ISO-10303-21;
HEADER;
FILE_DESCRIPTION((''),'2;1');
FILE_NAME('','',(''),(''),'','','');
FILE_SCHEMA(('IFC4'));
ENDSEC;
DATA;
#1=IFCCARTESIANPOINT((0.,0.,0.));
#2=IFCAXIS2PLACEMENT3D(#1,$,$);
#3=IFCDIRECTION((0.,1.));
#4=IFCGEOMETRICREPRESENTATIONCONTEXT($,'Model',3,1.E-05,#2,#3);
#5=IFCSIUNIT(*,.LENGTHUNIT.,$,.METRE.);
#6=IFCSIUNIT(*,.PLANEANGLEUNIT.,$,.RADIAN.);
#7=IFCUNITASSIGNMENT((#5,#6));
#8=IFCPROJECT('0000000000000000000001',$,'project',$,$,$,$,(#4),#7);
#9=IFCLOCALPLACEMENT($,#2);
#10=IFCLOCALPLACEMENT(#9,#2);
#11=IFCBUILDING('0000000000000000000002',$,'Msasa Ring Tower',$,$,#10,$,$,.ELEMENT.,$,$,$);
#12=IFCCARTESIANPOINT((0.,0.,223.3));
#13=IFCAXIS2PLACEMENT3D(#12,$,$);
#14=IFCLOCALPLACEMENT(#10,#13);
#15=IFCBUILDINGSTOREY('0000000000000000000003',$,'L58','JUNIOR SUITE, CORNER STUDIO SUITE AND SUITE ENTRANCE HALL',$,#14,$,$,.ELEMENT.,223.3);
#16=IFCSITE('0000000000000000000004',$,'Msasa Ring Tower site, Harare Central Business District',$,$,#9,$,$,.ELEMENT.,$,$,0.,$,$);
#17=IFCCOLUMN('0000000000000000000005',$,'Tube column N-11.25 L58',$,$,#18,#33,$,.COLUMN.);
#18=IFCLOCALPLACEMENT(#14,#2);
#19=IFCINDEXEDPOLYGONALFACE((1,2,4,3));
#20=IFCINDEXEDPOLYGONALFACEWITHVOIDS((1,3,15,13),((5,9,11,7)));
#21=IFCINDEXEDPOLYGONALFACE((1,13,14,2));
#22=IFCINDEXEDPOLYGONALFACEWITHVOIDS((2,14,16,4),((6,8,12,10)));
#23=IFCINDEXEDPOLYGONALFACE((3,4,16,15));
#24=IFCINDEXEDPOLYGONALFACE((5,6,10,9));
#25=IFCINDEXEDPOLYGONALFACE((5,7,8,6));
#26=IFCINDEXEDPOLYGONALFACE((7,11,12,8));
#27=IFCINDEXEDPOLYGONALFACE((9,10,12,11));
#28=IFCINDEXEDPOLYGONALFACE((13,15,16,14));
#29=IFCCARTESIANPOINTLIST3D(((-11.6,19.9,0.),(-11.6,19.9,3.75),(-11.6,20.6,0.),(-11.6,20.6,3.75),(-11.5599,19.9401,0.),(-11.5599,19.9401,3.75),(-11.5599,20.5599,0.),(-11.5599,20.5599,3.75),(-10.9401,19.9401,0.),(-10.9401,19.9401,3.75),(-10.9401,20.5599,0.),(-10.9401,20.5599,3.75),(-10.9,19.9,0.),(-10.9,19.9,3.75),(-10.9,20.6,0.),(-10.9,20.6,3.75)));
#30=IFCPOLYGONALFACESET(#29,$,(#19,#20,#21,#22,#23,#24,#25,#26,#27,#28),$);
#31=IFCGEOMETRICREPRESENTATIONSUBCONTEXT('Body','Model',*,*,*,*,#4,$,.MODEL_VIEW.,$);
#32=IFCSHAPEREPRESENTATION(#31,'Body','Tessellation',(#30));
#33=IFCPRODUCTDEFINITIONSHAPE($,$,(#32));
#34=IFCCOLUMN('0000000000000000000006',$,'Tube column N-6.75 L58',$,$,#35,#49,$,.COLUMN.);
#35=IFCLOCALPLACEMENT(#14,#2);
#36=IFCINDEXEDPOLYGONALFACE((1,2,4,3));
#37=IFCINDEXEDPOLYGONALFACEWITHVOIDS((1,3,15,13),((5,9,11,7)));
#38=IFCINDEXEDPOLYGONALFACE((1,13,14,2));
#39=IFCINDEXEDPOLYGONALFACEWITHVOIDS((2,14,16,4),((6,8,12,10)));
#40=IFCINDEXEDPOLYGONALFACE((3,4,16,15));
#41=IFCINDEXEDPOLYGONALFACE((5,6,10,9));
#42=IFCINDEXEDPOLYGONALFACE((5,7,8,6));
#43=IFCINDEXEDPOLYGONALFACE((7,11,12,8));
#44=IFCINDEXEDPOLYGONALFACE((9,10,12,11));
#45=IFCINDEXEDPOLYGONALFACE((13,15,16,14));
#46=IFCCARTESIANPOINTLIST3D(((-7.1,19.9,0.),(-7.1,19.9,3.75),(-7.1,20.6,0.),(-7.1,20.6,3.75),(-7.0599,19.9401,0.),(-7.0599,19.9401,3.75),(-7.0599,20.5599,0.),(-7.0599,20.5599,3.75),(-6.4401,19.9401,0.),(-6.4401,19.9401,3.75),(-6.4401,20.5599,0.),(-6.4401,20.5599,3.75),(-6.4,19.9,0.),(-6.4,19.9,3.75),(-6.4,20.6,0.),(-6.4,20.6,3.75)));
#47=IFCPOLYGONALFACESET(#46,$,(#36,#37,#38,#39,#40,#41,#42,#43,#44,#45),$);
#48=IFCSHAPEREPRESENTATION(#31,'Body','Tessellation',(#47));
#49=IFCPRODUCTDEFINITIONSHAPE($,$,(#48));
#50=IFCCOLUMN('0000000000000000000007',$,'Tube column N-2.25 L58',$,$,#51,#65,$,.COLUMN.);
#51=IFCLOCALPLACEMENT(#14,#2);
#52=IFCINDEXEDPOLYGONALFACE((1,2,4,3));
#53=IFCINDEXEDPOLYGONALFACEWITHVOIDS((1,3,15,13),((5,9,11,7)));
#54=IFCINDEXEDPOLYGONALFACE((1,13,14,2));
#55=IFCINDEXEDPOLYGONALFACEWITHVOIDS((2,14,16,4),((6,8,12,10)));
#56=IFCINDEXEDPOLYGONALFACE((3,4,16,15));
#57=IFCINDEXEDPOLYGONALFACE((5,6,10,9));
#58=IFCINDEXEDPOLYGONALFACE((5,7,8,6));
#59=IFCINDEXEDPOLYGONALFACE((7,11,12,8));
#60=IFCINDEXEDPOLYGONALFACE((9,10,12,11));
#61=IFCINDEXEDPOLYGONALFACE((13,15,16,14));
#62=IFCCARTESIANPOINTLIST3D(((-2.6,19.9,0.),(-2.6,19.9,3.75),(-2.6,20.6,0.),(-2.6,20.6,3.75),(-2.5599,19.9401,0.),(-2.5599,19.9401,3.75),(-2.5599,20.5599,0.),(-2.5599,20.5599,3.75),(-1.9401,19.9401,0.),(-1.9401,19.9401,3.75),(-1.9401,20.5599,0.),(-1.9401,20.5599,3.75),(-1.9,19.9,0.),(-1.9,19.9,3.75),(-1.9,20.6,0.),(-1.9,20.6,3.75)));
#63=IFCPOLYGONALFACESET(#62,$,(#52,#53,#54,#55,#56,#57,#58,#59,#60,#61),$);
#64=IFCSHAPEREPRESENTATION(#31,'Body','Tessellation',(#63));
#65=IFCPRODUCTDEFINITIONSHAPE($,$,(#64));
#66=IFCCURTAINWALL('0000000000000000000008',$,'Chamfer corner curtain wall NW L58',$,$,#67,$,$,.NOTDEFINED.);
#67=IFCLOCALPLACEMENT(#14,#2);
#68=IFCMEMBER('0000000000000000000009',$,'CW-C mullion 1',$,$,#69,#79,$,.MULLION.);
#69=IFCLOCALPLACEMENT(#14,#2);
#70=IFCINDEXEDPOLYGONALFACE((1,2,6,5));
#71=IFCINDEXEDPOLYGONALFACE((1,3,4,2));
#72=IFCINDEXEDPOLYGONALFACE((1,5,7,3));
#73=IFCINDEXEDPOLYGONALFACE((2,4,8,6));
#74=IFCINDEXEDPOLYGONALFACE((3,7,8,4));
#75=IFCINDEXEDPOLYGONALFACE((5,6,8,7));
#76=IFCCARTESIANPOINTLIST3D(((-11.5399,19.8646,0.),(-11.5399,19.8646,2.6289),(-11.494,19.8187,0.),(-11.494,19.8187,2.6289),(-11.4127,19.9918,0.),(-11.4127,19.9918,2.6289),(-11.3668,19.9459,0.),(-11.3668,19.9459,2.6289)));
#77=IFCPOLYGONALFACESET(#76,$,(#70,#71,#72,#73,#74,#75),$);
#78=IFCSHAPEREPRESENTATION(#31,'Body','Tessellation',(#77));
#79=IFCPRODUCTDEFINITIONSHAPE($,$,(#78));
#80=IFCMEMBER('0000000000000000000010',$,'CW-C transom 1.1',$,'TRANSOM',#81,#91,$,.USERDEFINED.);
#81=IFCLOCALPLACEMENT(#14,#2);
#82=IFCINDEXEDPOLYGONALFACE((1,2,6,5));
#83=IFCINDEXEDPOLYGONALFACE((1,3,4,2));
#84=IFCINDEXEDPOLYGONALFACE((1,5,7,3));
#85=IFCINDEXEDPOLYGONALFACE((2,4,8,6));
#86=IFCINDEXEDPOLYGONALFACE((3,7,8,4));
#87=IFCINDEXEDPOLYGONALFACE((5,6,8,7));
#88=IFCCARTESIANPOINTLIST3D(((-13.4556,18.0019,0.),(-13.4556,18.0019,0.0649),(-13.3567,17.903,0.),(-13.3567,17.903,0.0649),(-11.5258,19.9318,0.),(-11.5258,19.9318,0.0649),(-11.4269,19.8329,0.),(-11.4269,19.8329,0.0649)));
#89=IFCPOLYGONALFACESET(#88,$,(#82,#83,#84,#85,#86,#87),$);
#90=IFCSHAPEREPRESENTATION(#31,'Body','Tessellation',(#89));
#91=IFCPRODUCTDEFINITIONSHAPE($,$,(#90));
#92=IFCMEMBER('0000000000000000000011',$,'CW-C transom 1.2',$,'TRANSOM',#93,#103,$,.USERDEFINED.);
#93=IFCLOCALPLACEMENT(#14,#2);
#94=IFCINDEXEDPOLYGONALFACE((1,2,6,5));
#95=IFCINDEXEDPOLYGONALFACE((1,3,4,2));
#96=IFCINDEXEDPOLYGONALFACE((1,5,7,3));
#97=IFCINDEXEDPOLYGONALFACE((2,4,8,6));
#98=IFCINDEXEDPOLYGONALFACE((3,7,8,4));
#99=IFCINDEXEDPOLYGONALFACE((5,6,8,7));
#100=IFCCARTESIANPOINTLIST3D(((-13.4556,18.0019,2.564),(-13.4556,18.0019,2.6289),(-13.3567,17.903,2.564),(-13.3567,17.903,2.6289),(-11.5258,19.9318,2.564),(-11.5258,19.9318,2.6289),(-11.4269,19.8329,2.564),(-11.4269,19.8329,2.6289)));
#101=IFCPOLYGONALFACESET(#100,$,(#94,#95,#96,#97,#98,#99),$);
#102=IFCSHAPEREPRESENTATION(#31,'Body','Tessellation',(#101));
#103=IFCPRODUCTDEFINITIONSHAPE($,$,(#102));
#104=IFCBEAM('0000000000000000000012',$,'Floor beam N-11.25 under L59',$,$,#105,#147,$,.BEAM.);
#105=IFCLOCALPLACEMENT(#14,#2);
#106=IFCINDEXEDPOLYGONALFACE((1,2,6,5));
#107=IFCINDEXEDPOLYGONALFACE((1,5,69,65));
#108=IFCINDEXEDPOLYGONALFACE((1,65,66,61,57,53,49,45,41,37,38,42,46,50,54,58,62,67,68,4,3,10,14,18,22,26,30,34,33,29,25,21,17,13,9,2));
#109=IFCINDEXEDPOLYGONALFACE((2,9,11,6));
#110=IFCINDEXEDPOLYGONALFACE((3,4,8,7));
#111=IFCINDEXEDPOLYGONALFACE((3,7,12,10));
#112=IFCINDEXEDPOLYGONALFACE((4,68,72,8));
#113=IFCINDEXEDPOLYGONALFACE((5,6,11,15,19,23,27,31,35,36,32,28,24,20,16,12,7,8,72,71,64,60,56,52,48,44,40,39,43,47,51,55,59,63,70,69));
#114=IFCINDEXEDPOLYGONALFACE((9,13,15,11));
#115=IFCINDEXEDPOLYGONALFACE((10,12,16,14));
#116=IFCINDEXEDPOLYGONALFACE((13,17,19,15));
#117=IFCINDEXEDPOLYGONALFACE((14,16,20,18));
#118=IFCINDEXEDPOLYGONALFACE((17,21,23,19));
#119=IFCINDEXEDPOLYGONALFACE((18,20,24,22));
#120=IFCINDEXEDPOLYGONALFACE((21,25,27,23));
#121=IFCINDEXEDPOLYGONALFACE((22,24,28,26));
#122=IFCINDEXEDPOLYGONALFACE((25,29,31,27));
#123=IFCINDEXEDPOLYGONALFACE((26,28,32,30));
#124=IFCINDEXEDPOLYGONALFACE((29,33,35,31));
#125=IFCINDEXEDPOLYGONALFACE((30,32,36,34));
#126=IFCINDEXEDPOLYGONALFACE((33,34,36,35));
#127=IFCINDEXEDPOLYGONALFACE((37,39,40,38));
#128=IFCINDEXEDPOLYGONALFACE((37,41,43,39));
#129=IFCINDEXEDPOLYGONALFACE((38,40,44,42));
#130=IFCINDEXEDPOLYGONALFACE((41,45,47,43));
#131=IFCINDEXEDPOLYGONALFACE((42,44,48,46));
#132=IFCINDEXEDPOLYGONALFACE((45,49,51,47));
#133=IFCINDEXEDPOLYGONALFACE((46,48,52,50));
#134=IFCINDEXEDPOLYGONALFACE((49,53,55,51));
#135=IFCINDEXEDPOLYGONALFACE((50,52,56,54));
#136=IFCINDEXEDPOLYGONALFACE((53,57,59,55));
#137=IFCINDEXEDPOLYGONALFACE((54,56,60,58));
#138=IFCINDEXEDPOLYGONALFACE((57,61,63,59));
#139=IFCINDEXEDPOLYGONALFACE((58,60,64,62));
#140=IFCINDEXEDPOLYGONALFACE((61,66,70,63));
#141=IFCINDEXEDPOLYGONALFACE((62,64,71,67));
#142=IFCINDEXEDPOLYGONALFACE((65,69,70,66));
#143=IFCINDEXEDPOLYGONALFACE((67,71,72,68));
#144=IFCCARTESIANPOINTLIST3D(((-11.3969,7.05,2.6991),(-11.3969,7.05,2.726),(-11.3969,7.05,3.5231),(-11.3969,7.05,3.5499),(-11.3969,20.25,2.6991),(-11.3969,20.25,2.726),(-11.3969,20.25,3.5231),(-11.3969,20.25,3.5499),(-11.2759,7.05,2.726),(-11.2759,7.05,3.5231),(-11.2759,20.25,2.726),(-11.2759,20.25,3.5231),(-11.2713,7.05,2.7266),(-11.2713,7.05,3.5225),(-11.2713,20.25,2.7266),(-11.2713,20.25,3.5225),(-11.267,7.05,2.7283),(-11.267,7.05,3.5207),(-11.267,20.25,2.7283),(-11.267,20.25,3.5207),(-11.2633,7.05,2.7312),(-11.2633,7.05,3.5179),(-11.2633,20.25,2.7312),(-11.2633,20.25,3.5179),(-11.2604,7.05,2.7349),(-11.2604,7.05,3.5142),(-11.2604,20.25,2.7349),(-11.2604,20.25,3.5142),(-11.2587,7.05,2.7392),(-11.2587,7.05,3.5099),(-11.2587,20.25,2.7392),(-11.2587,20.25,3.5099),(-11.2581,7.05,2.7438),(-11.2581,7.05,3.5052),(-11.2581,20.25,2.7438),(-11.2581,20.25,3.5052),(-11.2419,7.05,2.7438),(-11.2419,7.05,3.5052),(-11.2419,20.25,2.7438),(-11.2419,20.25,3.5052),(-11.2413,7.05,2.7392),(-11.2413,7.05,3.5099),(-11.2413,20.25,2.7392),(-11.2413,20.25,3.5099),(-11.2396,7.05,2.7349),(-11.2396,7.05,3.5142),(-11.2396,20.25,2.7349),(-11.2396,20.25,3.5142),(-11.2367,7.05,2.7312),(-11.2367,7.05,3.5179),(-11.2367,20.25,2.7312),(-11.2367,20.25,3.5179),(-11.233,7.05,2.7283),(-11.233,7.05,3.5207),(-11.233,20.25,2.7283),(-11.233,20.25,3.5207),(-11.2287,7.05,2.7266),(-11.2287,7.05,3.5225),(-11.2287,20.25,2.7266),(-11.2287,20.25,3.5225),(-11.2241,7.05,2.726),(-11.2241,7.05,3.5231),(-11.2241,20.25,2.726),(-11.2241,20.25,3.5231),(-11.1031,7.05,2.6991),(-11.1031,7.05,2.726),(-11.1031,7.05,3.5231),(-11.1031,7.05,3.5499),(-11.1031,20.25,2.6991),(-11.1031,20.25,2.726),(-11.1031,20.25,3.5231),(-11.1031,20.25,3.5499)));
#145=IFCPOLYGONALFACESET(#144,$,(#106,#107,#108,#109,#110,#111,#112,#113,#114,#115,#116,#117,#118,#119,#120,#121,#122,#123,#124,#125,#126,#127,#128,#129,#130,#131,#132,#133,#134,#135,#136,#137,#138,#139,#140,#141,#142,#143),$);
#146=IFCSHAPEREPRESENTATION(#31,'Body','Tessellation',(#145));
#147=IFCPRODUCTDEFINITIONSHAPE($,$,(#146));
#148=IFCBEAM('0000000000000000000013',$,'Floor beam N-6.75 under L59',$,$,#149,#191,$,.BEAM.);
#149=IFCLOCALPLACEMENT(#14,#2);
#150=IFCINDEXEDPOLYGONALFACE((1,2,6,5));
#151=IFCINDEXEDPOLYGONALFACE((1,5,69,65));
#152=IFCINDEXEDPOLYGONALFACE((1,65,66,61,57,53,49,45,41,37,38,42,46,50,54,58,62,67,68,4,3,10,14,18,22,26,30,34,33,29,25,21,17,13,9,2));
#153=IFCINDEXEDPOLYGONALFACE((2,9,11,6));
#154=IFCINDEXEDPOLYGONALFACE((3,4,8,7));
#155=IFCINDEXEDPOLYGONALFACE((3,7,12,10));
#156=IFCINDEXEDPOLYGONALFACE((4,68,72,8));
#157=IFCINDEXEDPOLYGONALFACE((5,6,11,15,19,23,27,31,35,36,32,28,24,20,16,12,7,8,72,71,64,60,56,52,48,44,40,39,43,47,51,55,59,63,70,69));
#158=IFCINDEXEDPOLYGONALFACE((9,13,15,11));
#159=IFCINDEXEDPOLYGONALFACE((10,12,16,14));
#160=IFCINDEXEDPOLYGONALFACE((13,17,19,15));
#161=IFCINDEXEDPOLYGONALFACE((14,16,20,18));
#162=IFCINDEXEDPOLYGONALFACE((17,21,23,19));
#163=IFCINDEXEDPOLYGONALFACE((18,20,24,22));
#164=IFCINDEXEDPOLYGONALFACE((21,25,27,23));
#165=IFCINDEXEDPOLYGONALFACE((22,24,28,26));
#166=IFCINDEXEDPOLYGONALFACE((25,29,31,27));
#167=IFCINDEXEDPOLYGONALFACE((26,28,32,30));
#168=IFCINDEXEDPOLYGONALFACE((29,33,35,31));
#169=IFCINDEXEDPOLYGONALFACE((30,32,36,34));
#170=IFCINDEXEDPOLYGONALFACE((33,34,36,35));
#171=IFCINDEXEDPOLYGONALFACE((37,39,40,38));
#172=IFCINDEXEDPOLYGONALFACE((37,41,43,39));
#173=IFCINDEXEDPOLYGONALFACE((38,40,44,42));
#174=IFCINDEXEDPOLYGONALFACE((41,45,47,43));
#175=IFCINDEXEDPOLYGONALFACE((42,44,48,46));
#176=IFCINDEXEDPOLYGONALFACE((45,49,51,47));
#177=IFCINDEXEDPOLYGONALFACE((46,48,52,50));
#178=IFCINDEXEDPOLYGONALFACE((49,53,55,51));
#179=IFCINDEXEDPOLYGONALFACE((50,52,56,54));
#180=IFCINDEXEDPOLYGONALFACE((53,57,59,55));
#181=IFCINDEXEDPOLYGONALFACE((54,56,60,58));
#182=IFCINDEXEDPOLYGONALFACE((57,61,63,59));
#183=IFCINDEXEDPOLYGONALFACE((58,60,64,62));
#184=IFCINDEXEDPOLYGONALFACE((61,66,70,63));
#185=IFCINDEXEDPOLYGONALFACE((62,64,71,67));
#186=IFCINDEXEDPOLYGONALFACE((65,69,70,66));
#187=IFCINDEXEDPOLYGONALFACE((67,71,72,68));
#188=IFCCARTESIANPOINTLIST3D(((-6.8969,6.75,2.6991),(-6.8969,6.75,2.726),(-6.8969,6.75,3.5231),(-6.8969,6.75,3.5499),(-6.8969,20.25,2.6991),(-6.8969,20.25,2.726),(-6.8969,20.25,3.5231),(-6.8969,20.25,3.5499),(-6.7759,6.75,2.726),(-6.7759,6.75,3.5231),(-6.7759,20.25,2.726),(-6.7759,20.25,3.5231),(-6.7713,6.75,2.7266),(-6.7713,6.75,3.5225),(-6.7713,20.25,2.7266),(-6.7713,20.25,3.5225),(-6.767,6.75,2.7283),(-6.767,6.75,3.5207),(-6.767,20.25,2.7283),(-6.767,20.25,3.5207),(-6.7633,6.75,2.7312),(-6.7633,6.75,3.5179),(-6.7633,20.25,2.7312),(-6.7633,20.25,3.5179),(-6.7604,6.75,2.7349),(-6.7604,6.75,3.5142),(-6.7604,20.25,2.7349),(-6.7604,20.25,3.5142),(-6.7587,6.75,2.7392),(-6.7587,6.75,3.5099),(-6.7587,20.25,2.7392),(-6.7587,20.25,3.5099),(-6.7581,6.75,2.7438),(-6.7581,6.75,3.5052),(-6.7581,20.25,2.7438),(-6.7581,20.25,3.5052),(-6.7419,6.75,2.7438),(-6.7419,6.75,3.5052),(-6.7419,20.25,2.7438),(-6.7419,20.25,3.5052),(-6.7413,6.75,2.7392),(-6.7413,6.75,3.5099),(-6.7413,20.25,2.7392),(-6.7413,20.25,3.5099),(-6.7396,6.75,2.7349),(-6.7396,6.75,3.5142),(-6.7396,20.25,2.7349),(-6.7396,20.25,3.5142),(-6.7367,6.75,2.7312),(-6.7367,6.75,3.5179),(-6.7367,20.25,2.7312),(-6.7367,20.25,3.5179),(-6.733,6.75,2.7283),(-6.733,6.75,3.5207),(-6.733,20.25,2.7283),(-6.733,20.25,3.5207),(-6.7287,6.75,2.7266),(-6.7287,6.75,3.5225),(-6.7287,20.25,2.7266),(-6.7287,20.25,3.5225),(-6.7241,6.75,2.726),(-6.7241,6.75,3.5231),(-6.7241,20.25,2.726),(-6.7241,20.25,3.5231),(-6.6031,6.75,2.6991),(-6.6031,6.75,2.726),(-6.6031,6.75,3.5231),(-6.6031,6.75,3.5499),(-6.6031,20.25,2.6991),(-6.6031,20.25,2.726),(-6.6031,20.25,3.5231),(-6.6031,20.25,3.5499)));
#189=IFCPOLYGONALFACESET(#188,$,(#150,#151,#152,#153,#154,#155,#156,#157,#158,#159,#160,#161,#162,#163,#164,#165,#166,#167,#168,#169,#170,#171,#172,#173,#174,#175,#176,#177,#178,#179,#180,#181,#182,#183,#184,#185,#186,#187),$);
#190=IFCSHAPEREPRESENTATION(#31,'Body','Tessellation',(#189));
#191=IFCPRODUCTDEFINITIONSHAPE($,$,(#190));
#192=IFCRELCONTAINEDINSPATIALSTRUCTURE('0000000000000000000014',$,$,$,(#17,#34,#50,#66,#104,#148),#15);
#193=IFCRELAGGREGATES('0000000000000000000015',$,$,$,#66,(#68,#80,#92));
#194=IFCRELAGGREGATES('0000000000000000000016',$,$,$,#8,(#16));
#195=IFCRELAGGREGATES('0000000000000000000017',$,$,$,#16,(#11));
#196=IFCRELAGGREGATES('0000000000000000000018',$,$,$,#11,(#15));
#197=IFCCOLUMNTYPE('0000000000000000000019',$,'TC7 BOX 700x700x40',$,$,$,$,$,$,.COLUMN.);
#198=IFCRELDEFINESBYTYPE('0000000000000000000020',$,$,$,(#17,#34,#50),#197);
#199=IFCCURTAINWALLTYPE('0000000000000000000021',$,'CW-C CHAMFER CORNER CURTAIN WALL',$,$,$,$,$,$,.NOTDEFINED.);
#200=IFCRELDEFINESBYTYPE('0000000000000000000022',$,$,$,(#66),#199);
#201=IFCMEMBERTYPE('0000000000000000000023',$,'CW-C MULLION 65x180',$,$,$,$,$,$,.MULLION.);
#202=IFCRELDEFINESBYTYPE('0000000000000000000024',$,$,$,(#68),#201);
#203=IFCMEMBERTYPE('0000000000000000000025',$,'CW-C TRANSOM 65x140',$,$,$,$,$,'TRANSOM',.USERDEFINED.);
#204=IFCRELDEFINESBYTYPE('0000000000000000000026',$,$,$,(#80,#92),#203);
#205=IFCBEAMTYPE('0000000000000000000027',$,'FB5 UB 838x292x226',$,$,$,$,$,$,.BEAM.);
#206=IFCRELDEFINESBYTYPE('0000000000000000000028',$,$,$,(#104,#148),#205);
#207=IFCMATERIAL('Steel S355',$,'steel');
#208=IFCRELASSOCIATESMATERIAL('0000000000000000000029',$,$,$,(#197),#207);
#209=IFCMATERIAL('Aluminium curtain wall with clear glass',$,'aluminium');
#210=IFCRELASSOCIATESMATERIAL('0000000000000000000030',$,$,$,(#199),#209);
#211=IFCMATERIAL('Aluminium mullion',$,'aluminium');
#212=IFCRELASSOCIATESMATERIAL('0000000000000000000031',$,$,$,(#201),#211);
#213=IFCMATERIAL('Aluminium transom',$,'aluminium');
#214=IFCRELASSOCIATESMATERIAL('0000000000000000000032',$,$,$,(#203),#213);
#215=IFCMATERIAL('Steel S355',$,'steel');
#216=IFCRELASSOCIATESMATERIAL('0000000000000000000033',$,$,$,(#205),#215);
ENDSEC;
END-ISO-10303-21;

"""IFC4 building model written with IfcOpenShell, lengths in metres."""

from ifc_helpers import new_model, si_unit, direction, frame, origin, origin_2d, place, context, subcontext, project, spatial, rectangle, hollow_rectangle, i_section, extrude, material, material_profile, profile_set, type_object, element, aggregate, save


model = new_model("IFC4")

# Units and contexts
model_context = context("Model", 3, precision=1e-05, world=origin(), true_north=direction((0.0, 1.0)))
body_context = subcontext(model_context, "Body", "Model", "MODEL_VIEW")
ifc_project = project(units=[si_unit("LENGTHUNIT", "METRE"), si_unit("PLANEANGLEUNIT", "RADIAN")], contexts=[model_context])

# Site, building, storey
site_placement = place(None, origin())
site = spatial("IfcSite", under=ifc_project, at=site_placement, Name="Msasa Ring Tower site, Harare Central Business District", CompositionType="ELEMENT", RefElevation=0.0)
building_placement = place(site_placement, origin())
building = spatial("IfcBuilding", under=site, at=building_placement, Name="Msasa Ring Tower", CompositionType="ELEMENT")
storey_placement = place(building_placement, frame((0.0, 0.0, 223.3)))
storey = spatial("IfcBuildingStorey", under=building, at=storey_placement, Name="L58", Description="JUNIOR SUITE, CORNER STUDIO SUITE AND SUITE ENTRANCE HALL", CompositionType="ELEMENT", Elevation=223.3)

# Columns
ifc_material_1 = material(Name="Steel S355", Category="steel")
ifc_material_profile_1 = material_profile(ifc_material_1, hollow_rectangle(XDim=0.7, YDim=0.7, WallThickness=0.04, at=origin_2d()), Name="BOX 700x700x40")
ifc_profile_set_1 = profile_set([ifc_material_profile_1], Name="Steel S355")
column_type = type_object("IfcColumnType", Name="TC7 BOX 700x700x40", PredefinedType="COLUMN", material=ifc_profile_set_1)
for number, where, z_axis, x_axis, name in (
    (1, (-11.25, 20.25, 0.0), (0.0, 0.0, 1.0), (0.0, 1.0, 0.0), "Tube column N-11.25 L58"),
    (2, (-6.75, 20.25, 0.0), (0.0, 0.0, 1.0), (0.0, 1.0, 0.0), "Tube column N-6.75 L58"),
    (3, (-2.25, 20.25, 0.0), (0.0, 0.0, 1.0), (0.0, 1.0, 0.0), "Tube column N-2.25 L58"),
):
    element("IfcColumn", number, at=place(storey_placement, frame(where, z_axis=z_axis, x_axis=x_axis)), inside=storey, type_object=column_type, Name=name, PredefinedType="COLUMN", context=body_context, shape_type="SweptSolid", body=[
        extrude(hollow_rectangle(XDim=0.7, YDim=0.7, WallThickness=0.04, at=origin_2d()), origin(), (0.0, 0.0, 1.0), 3.75),
    ])

# Curtain wall, members
ifc_material_2 = material(Name="Aluminium curtain wall with clear glass", Category="aluminium")
curtain_wall_type = type_object("IfcCurtainWallType", Name="CW-C CHAMFER CORNER CURTAIN WALL", PredefinedType="NOTDEFINED", material=ifc_material_2)
curtain_wall_placement = place(storey_placement, origin())
curtain_wall = element("IfcCurtainWall", 4, at=curtain_wall_placement, inside=storey, type_object=curtain_wall_type, Name="Chamfer corner curtain wall NW L58", PredefinedType="NOTDEFINED")
ifc_material_3 = material(Name="Aluminium mullion", Category="aluminium")
ifc_material_profile_2 = material_profile(ifc_material_3, rectangle(XDim=0.0649, YDim=0.1799, at=origin_2d()), Name="AL 65x180")
ifc_profile_set_2 = profile_set([ifc_material_profile_2], Name="Aluminium mullion")
member_type_1 = type_object("IfcMemberType", Name="CW-C MULLION 65x180", PredefinedType="MULLION", material=ifc_profile_set_2)
member_1_placement = place(storey_placement, frame((-11.4534, 19.9053, 0.0), z_axis=(0.0, 0.0, 1.0), x_axis=(0.707107, -0.707107, 0.0)))
member_1 = element("IfcMember", 5, at=member_1_placement, type_object=member_type_1, Name="CW-C mullion 1", PredefinedType="MULLION", context=body_context, shape_type="SweptSolid", body=[
    extrude(rectangle(XDim=0.0649, YDim=0.1799, at=origin_2d()), origin(), (0.0, 0.0, 1.0), 2.6289),
])
ifc_material_4 = material(Name="Aluminium transom", Category="aluminium")
ifc_material_profile_3 = material_profile(ifc_material_4, rectangle(XDim=0.1399, YDim=0.0649, at=origin_2d()), Name="AL 65x140")
ifc_profile_set_3 = profile_set([ifc_material_profile_3], Name="Aluminium transom")
member_type_2 = type_object("IfcMemberType", Name="CW-C TRANSOM 65x140", ElementType="TRANSOM", PredefinedType="USERDEFINED", material=ifc_profile_set_3)
member_2_placement = place(storey_placement, frame((-11.4763, 19.8823, 0.0325), z_axis=(-0.707107, -0.707107, 0.0), x_axis=(0.707107, -0.707107, 0.0)))
member_2 = element("IfcMember", 6, at=member_2_placement, type_object=member_type_2, Name="CW-C transom 1.1", ObjectType="TRANSOM", PredefinedType="USERDEFINED", context=body_context, shape_type="SweptSolid", body=[
    extrude(rectangle(XDim=0.1399, YDim=0.0649, at=origin_2d()), origin(), (0.0, 0.0, 1.0), 2.7292),
])
member_3_placement = place(storey_placement, frame((-11.4763, 19.8823, 2.5964), z_axis=(-0.707107, -0.707107, 0.0), x_axis=(0.707107, -0.707107, 0.0)))
member_3 = element("IfcMember", 7, at=member_3_placement, type_object=member_type_2, Name="CW-C transom 1.2", ObjectType="TRANSOM", PredefinedType="USERDEFINED", context=body_context, shape_type="SweptSolid", body=[
    extrude(rectangle(XDim=0.1399, YDim=0.0649, at=origin_2d()), origin(), (0.0, 0.0, 1.0), 2.7292),
])
aggregate(curtain_wall, [member_1, member_2, member_3])

# Beams
ifc_material_5 = material(Name="Steel S355", Category="steel")
ifc_material_profile_4 = material_profile(ifc_material_5, i_section(OverallWidth=0.2937, OverallDepth=0.8508, WebThickness=0.0161, FlangeThickness=0.0269, FilletRadius=0.0178, at=origin_2d()), Name="UB 838x292x226")
ifc_profile_set_4 = profile_set([ifc_material_profile_4], Name="Steel S355")
beam_type_1 = type_object("IfcBeamType", Name="FB5 UB 838x292x226", PredefinedType="BEAM", material=ifc_profile_set_4)
beam_1_placement = place(storey_placement, frame((-11.25, 20.25, 3.1245), z_axis=(0.0, -1.0, 0.0), x_axis=(1.0, 0.0, 0.0)))
element("IfcBeam", 8, at=beam_1_placement, inside=storey, type_object=beam_type_1, Name="Floor beam N-11.25 under L59", PredefinedType="BEAM", context=body_context, shape_type="SweptSolid", body=[
    extrude(i_section(OverallWidth=0.2937, OverallDepth=0.8508, WebThickness=0.0161, FlangeThickness=0.0269, FilletRadius=0.0178, at=origin_2d()), origin(), (0.0, 0.0, 1.0), 13.2),
])
for number, where, z_axis, x_axis, name in (
    (9, (-6.75, 20.25, 3.1245), (0.0, -1.0, 0.0), (1.0, 0.0, 0.0), "Floor beam N-6.75 under L59"),
):
    element("IfcBeam", number, at=place(storey_placement, frame(where, z_axis=z_axis, x_axis=x_axis)), inside=storey, type_object=beam_type_1, Name=name, PredefinedType="BEAM", context=body_context, shape_type="SweptSolid", body=[
        extrude(i_section(OverallWidth=0.2937, OverallDepth=0.8508, WebThickness=0.0161, FlangeThickness=0.0269, FilletRadius=0.0178, at=origin_2d()), origin(), (0.0, 0.0, 1.0), 13.5),
    ])

save(model, "model.ifc")
